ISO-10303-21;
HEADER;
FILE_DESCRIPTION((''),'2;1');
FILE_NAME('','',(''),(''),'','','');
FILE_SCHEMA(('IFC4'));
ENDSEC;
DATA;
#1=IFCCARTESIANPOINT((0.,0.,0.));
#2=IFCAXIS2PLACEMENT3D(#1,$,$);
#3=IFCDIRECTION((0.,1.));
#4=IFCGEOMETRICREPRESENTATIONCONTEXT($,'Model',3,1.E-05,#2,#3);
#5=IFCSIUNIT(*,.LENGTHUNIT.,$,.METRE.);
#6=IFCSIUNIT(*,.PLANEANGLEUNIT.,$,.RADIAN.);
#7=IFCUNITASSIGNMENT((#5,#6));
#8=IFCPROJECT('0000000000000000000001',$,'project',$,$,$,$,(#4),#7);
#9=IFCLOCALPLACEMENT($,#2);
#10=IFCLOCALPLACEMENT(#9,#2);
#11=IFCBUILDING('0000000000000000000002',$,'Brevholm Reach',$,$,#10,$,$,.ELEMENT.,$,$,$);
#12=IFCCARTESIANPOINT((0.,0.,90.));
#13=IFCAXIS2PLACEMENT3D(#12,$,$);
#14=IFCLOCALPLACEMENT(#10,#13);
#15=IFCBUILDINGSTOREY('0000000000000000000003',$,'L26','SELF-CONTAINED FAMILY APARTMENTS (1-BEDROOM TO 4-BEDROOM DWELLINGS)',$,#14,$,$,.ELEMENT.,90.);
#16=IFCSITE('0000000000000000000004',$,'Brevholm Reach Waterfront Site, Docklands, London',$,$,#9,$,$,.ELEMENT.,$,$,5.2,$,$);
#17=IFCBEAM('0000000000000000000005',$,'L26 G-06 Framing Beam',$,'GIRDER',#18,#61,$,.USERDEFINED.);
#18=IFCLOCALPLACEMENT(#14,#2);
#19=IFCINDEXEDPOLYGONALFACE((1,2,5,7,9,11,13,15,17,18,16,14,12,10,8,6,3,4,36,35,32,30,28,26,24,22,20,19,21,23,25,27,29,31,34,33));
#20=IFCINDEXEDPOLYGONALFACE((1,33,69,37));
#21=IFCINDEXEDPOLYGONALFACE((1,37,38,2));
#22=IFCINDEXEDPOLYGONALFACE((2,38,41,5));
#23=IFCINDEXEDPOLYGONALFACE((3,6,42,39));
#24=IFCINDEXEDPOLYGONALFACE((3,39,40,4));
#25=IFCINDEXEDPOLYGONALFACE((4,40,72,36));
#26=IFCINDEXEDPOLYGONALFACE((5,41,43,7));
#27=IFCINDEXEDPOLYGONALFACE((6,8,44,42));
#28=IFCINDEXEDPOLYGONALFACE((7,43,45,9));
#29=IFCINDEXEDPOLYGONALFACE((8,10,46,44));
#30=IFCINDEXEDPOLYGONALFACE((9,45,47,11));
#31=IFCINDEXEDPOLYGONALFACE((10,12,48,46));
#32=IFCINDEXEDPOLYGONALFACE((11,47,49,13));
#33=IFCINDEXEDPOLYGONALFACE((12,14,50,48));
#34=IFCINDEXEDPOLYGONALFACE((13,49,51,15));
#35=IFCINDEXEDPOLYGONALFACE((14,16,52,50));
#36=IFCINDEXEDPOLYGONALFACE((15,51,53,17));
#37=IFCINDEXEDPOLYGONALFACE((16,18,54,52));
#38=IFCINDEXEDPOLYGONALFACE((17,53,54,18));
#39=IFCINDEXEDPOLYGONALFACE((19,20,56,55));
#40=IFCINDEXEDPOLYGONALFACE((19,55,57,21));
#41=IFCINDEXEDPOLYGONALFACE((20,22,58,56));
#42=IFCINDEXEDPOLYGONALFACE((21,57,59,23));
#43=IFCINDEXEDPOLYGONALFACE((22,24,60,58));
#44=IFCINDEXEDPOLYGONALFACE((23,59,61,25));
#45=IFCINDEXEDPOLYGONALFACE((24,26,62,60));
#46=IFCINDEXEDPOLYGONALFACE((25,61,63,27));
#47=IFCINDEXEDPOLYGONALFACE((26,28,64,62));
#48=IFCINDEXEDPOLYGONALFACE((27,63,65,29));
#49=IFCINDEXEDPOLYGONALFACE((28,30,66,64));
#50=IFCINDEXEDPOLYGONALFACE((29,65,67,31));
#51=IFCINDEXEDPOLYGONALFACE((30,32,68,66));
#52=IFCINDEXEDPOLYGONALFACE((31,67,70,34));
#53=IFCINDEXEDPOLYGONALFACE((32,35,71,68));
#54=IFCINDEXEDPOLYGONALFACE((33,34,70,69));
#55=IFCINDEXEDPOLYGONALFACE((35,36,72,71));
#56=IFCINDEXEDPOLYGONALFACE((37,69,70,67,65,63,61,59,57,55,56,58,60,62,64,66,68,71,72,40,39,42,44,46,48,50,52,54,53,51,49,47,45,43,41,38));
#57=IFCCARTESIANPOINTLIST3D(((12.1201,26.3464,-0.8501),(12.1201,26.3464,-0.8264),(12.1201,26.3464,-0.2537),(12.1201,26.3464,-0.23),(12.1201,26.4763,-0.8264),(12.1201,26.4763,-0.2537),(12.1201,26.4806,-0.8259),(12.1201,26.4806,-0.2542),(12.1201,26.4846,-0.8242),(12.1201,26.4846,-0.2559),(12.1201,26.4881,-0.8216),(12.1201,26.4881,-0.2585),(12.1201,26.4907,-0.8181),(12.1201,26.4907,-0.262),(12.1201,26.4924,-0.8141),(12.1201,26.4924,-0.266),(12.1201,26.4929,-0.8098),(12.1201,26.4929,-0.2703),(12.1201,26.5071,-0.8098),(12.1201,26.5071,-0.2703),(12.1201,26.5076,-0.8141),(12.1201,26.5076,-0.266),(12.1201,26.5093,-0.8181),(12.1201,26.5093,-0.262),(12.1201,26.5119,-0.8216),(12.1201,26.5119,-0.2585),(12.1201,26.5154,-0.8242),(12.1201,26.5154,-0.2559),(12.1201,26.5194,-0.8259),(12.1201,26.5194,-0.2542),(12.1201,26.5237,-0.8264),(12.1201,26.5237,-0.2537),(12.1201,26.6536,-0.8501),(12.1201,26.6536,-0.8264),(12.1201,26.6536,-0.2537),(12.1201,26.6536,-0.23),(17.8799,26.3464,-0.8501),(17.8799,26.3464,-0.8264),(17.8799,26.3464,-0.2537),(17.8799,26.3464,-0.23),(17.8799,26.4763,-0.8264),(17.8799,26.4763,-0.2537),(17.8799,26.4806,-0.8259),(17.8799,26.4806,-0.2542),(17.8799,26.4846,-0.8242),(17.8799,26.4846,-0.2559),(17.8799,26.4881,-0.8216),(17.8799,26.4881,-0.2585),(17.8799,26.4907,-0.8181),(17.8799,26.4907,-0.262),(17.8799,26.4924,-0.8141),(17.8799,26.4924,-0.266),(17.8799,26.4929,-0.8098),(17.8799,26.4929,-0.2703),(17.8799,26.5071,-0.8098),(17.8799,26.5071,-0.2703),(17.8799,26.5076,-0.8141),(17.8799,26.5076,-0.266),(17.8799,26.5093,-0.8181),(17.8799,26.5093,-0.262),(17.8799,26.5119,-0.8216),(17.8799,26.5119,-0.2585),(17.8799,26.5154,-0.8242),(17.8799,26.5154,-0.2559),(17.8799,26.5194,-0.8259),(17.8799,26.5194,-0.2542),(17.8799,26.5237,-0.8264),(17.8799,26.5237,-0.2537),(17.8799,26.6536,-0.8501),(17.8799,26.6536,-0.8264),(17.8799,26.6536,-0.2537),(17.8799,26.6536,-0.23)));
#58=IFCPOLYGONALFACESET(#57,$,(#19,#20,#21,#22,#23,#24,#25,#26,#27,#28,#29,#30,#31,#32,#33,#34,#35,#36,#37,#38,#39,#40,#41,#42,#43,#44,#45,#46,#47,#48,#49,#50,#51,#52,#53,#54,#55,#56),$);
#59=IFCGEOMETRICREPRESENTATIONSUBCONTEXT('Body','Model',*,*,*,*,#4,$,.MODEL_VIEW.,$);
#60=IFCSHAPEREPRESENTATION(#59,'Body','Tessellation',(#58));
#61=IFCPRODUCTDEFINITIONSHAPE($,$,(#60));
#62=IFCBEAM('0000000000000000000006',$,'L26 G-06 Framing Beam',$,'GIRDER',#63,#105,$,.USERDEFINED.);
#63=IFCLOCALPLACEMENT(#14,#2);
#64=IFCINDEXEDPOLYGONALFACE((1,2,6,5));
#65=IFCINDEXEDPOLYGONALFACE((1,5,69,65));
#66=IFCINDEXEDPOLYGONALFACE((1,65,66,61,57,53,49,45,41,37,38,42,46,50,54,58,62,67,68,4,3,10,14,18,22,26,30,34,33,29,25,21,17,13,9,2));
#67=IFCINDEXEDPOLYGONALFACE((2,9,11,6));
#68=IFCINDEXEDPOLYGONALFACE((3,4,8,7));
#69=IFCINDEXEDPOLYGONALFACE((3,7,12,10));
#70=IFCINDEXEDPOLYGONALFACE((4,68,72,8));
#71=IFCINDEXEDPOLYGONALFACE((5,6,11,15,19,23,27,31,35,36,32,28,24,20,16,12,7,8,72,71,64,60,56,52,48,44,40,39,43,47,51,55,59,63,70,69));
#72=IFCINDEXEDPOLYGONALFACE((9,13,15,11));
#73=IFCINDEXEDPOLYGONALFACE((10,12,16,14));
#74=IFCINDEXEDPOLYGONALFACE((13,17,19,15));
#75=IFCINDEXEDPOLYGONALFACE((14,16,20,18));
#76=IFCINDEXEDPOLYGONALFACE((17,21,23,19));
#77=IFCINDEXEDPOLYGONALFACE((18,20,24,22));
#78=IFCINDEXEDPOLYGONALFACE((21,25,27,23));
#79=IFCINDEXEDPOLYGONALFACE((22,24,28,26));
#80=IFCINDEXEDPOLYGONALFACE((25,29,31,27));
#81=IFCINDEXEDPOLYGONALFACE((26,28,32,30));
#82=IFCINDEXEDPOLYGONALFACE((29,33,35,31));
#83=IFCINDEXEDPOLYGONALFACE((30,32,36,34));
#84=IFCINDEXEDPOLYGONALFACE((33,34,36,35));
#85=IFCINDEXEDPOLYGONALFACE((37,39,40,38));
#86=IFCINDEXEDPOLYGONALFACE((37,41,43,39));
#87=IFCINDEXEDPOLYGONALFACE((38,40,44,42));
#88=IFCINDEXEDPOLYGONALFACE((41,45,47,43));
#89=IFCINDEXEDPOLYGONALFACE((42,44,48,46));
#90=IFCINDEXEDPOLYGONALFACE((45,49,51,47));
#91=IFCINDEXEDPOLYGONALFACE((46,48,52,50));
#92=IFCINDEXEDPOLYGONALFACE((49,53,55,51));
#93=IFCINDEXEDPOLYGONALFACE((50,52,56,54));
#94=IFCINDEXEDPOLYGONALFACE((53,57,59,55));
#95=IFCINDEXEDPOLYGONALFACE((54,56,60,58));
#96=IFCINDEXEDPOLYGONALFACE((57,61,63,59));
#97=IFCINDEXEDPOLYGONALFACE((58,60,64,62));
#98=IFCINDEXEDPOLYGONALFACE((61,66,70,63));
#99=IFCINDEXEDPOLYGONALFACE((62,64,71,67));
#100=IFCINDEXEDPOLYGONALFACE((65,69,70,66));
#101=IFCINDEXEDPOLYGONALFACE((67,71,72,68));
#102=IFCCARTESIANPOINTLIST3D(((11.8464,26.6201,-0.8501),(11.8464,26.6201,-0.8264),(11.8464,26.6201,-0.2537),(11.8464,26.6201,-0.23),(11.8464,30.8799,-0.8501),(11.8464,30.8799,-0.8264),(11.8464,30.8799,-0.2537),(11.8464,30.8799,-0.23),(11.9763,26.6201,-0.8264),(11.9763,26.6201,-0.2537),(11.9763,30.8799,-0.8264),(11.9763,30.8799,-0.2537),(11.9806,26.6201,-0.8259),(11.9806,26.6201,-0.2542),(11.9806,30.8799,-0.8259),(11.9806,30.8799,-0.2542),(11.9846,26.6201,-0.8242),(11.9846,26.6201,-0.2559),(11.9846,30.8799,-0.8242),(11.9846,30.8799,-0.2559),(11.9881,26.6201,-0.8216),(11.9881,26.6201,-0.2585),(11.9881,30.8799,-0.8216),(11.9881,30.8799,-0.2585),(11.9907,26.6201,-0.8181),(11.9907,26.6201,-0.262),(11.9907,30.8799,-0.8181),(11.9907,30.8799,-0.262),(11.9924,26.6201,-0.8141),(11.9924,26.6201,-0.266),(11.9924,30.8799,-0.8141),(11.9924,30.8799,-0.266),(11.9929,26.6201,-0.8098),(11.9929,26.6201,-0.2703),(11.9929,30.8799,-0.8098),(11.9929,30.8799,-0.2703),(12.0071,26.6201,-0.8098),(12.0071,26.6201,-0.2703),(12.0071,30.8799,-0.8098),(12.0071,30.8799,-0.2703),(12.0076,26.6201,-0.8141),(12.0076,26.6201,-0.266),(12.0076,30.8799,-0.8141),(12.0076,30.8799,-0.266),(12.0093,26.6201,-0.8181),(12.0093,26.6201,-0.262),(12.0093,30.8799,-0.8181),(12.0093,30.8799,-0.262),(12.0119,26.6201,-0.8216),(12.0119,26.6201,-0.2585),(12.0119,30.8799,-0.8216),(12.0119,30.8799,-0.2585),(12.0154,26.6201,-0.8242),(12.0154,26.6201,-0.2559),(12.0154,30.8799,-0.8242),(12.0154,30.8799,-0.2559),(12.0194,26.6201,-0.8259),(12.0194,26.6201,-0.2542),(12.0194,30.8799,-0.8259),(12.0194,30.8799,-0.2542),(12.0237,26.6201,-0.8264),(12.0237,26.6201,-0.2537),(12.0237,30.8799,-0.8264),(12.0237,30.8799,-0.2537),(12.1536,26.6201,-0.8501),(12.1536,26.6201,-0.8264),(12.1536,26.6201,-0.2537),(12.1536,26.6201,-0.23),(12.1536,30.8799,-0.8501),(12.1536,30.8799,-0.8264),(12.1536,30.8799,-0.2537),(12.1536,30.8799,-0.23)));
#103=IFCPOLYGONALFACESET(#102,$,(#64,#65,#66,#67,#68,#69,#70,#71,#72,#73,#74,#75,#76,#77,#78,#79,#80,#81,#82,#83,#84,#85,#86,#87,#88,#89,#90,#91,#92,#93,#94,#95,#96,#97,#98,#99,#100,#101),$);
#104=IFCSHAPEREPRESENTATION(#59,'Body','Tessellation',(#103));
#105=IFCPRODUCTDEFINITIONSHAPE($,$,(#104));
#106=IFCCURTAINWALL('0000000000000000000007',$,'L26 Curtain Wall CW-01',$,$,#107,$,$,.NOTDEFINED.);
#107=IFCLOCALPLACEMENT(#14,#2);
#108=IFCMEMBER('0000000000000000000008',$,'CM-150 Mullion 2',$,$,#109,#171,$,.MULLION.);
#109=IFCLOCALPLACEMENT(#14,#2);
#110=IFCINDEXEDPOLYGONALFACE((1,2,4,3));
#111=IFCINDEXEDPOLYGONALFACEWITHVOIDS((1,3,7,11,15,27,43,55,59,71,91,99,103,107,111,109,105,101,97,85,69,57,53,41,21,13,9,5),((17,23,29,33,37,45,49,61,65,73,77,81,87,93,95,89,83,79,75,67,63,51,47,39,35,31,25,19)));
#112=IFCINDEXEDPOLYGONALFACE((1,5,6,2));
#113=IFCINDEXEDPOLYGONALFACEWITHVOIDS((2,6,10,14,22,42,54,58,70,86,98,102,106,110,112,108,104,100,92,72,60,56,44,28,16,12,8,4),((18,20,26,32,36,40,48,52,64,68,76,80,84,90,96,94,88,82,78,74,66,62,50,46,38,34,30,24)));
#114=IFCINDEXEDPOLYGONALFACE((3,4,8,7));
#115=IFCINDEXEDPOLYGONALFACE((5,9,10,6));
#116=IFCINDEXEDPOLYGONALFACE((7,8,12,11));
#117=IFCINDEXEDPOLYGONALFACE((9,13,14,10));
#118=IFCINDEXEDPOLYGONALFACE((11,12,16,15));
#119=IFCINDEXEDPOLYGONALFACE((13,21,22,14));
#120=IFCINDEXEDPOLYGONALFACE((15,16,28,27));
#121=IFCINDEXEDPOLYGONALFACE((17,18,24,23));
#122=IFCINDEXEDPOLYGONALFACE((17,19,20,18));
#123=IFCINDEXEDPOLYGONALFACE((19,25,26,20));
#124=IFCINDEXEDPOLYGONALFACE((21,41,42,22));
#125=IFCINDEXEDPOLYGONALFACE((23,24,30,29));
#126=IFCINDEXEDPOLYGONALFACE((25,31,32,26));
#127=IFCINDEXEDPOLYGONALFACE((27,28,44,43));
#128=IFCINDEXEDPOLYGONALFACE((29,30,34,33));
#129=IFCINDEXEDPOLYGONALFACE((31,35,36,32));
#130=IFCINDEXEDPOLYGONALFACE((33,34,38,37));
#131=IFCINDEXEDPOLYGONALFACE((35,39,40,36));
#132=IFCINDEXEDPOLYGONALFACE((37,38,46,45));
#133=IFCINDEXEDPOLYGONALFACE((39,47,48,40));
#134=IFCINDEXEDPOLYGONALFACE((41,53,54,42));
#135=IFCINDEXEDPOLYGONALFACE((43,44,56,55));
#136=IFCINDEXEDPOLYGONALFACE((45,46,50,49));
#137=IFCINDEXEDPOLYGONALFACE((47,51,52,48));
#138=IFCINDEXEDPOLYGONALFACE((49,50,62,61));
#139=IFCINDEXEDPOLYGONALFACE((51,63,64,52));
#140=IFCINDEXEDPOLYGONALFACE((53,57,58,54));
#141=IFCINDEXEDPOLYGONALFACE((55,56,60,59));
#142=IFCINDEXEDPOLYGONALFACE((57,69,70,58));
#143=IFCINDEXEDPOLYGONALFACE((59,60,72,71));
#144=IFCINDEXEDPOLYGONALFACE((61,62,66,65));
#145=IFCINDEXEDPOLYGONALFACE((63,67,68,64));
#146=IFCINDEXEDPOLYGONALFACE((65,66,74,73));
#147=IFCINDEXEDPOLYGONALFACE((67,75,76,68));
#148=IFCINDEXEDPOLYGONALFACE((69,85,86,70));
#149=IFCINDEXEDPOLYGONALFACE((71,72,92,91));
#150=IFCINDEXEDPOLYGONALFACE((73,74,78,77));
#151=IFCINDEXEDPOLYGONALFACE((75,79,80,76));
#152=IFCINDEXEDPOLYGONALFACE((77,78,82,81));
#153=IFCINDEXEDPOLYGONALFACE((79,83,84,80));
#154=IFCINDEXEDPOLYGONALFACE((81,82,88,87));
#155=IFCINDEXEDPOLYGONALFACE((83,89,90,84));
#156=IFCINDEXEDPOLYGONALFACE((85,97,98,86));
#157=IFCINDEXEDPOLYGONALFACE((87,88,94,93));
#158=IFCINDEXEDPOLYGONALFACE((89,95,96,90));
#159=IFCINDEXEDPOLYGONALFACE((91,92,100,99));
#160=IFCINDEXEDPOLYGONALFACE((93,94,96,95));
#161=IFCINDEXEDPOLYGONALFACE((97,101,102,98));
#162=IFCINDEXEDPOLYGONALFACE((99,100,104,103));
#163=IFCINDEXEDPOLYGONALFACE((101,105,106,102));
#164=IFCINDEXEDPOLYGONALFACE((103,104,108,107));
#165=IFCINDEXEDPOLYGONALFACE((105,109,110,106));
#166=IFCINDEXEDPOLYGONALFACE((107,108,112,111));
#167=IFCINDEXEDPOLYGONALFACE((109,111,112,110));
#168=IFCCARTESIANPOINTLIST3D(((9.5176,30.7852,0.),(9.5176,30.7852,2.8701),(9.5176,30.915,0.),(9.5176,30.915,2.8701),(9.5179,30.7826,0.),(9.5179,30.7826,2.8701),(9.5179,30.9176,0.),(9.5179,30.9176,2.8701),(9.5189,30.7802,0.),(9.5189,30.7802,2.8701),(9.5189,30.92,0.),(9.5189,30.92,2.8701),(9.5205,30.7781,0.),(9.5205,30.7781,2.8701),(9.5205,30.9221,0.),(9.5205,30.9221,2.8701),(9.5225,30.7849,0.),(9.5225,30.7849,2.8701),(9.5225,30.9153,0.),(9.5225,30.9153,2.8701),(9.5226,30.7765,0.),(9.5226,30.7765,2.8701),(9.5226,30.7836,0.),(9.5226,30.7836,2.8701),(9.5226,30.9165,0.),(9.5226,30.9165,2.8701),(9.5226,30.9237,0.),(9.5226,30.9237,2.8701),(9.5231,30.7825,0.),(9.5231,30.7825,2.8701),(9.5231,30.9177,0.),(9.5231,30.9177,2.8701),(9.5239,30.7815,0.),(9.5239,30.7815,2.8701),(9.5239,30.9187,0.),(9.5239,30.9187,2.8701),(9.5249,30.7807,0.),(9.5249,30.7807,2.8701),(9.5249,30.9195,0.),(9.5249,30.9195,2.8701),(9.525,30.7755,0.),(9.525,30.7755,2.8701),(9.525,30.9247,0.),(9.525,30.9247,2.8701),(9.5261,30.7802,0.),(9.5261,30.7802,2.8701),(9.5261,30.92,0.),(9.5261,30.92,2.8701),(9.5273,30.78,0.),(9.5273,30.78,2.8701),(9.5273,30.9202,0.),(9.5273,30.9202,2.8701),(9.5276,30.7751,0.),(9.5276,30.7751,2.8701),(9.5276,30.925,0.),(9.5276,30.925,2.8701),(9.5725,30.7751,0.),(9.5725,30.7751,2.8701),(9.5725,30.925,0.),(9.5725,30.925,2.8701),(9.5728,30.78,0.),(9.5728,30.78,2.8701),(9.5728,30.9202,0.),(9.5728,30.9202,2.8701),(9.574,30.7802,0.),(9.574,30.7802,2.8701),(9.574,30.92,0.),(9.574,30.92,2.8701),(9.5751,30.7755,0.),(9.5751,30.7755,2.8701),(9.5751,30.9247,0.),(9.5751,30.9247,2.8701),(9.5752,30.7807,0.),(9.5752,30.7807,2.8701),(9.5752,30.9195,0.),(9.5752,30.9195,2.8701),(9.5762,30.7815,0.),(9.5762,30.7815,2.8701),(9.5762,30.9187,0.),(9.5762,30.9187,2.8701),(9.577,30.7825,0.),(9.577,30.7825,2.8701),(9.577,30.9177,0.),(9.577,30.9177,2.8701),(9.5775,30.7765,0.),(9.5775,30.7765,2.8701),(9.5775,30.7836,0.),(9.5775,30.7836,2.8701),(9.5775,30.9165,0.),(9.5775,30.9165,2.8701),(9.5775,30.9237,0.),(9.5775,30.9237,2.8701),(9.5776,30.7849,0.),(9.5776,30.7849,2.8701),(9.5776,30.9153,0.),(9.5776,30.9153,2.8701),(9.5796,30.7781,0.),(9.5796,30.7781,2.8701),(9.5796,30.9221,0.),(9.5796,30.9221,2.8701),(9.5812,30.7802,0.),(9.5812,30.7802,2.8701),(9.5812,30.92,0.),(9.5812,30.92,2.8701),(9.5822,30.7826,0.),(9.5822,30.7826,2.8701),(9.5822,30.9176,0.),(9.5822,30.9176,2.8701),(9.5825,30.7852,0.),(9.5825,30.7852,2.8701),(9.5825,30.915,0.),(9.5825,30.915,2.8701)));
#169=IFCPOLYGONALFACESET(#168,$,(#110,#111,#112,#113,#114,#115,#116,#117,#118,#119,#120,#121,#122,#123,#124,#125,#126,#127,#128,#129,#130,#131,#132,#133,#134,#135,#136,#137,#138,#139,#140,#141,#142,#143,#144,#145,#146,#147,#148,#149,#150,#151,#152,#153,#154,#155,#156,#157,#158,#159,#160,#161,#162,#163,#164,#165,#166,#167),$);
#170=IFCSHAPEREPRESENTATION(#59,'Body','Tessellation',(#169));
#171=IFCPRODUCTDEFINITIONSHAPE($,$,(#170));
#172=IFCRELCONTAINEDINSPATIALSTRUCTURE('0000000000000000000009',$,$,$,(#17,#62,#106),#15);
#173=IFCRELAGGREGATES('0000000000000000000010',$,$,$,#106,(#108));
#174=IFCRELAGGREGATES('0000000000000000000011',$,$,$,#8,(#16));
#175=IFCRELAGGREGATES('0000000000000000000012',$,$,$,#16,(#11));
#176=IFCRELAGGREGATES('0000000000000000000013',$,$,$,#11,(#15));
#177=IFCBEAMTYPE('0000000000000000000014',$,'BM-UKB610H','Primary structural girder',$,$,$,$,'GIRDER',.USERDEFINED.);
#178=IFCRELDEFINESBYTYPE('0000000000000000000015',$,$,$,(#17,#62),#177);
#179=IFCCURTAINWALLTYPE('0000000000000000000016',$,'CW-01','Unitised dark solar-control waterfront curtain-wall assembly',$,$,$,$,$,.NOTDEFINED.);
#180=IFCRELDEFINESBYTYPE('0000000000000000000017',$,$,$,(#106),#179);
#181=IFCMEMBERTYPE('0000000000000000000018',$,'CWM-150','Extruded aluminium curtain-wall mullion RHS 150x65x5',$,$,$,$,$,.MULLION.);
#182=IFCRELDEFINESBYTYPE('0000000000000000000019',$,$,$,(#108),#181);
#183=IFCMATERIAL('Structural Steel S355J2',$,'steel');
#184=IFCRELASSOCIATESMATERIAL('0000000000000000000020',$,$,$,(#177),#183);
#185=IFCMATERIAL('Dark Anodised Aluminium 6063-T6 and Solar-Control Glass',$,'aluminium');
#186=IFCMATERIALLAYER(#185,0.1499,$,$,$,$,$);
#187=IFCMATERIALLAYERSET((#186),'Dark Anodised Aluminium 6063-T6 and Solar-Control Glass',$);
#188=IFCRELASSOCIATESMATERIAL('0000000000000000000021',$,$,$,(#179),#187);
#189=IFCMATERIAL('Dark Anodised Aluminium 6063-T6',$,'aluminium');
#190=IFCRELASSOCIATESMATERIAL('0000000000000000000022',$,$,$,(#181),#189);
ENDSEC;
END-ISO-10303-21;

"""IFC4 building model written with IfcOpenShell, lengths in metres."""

from ifc_helpers import new_model, si_unit, direction, frame, origin, origin_2d, place, context, subcontext, project, spatial, hollow_rectangle, i_section, extrude, material, layer, layer_set, material_profile, profile_set, type_object, element, aggregate, save


model = new_model("IFC4")

# Units and contexts
model_context = context("Model", 3, precision=1e-05, world=origin(), true_north=direction((0.0, 1.0)))
body_context = subcontext(model_context, "Body", "Model", "MODEL_VIEW")
ifc_project = project(units=[si_unit("LENGTHUNIT", "METRE"), si_unit("PLANEANGLEUNIT", "RADIAN")], contexts=[model_context])

# Site, building, storey
site_placement = place(None, origin())
site = spatial("IfcSite", under=ifc_project, at=site_placement, Name="Brevholm Reach Waterfront Site, Docklands, London", CompositionType="ELEMENT", RefElevation=5.2)
building_placement = place(site_placement, origin())
building = spatial("IfcBuilding", under=site, at=building_placement, Name="Brevholm Reach", CompositionType="ELEMENT")
storey_placement = place(building_placement, frame((0.0, 0.0, 90.0)))
storey = spatial("IfcBuildingStorey", under=building, at=storey_placement, Name="L26", Description="SELF-CONTAINED FAMILY APARTMENTS (1-BEDROOM TO 4-BEDROOM DWELLINGS)", CompositionType="ELEMENT", Elevation=90.0)

# Beams
ifc_material_1 = material(Name="Structural Steel S355J2", Category="steel")
ifc_material_profile_1 = material_profile(ifc_material_1, i_section(OverallWidth=0.3071, OverallDepth=0.6201, WebThickness=0.0142, FlangeThickness=0.0237, FilletRadius=0.0166, at=origin_2d()), Name="UKB 610x305x179")
ifc_profile_set_1 = profile_set([ifc_material_profile_1], Name="Structural Steel S355J2")
beam_type_1 = type_object("IfcBeamType", Name="BM-UKB610H", Description="Primary structural girder", ElementType="GIRDER", PredefinedType="USERDEFINED", material=ifc_profile_set_1)
beam_1_placement = place(storey_placement, frame((12.1201, 26.5, -0.54), z_axis=(1.0, 0.0, 0.0), x_axis=(0.0, 1.0, 0.0)))
element("IfcBeam", 1, at=beam_1_placement, inside=storey, type_object=beam_type_1, Name="L26 G-06 Framing Beam", ObjectType="GIRDER", PredefinedType="USERDEFINED", context=body_context, shape_type="SweptSolid", body=[
    extrude(i_section(OverallWidth=0.3071, OverallDepth=0.6201, WebThickness=0.0142, FlangeThickness=0.0237, FilletRadius=0.0166, at=origin_2d()), origin(), (0.0, 0.0, 1.0), 5.7598),
])
beam_2_placement = place(storey_placement, frame((12.0, 26.6201, -0.54), z_axis=(0.0, 1.0, 0.0), x_axis=(-1.0, 0.0, 0.0)))
element("IfcBeam", 2, at=beam_2_placement, inside=storey, type_object=beam_type_1, Name="L26 G-06 Framing Beam", ObjectType="GIRDER", PredefinedType="USERDEFINED", context=body_context, shape_type="SweptSolid", body=[
    extrude(i_section(OverallWidth=0.3071, OverallDepth=0.6201, WebThickness=0.0142, FlangeThickness=0.0237, FilletRadius=0.0166, at=origin_2d()), origin(), (0.0, 0.0, 1.0), 4.2598),
])

# Curtain wall, member
ifc_material_2 = material(Name="Dark Anodised Aluminium 6063-T6 and Solar-Control Glass", Category="aluminium")
ifc_layer_1 = layer(ifc_material_2, 0.1499)
ifc_layer_set_1 = layer_set([ifc_layer_1], Name="Dark Anodised Aluminium 6063-T6 and Solar-Control Glass")
curtain_wall_type = type_object("IfcCurtainWallType", Name="CW-01", Description="Unitised dark solar-control waterfront curtain-wall assembly", PredefinedType="NOTDEFINED", material=ifc_layer_set_1)
curtain_wall_placement = place(storey_placement, origin())
curtain_wall = element("IfcCurtainWall", 3, at=curtain_wall_placement, inside=storey, type_object=curtain_wall_type, Name="L26 Curtain Wall CW-01", PredefinedType="NOTDEFINED")
ifc_material_3 = material(Name="Dark Anodised Aluminium 6063-T6", Category="aluminium")
ifc_material_profile_2 = material_profile(ifc_material_3, hollow_rectangle(XDim=0.0649, YDim=0.1499, WallThickness=0.0049, InnerFilletRadius=0.0049, OuterFilletRadius=0.01, at=origin_2d()), Name="RHS 150x65x5")
ifc_profile_set_2 = profile_set([ifc_material_profile_2], Name="Dark Anodised Aluminium 6063-T6")
member_type_1 = type_object("IfcMemberType", Name="CWM-150", Description="Extruded aluminium curtain-wall mullion RHS 150x65x5", PredefinedType="MULLION", material=ifc_profile_set_2)
member_1_placement = place(storey_placement, frame((9.55, 30.8501, 0.0), z_axis=(0.0, 0.0, 1.0), x_axis=(1.0, 0.0, 0.0)))
member_1 = element("IfcMember", 4, at=member_1_placement, type_object=member_type_1, Name="CM-150 Mullion 2", PredefinedType="MULLION", context=body_context, shape_type="SweptSolid", body=[
    extrude(hollow_rectangle(XDim=0.0649, YDim=0.1499, WallThickness=0.0049, InnerFilletRadius=0.0049, OuterFilletRadius=0.01, at=origin_2d()), origin(), (0.0, 0.0, 1.0), 2.8701),
])
aggregate(curtain_wall, [member_1])

save(model, "model.ifc")
